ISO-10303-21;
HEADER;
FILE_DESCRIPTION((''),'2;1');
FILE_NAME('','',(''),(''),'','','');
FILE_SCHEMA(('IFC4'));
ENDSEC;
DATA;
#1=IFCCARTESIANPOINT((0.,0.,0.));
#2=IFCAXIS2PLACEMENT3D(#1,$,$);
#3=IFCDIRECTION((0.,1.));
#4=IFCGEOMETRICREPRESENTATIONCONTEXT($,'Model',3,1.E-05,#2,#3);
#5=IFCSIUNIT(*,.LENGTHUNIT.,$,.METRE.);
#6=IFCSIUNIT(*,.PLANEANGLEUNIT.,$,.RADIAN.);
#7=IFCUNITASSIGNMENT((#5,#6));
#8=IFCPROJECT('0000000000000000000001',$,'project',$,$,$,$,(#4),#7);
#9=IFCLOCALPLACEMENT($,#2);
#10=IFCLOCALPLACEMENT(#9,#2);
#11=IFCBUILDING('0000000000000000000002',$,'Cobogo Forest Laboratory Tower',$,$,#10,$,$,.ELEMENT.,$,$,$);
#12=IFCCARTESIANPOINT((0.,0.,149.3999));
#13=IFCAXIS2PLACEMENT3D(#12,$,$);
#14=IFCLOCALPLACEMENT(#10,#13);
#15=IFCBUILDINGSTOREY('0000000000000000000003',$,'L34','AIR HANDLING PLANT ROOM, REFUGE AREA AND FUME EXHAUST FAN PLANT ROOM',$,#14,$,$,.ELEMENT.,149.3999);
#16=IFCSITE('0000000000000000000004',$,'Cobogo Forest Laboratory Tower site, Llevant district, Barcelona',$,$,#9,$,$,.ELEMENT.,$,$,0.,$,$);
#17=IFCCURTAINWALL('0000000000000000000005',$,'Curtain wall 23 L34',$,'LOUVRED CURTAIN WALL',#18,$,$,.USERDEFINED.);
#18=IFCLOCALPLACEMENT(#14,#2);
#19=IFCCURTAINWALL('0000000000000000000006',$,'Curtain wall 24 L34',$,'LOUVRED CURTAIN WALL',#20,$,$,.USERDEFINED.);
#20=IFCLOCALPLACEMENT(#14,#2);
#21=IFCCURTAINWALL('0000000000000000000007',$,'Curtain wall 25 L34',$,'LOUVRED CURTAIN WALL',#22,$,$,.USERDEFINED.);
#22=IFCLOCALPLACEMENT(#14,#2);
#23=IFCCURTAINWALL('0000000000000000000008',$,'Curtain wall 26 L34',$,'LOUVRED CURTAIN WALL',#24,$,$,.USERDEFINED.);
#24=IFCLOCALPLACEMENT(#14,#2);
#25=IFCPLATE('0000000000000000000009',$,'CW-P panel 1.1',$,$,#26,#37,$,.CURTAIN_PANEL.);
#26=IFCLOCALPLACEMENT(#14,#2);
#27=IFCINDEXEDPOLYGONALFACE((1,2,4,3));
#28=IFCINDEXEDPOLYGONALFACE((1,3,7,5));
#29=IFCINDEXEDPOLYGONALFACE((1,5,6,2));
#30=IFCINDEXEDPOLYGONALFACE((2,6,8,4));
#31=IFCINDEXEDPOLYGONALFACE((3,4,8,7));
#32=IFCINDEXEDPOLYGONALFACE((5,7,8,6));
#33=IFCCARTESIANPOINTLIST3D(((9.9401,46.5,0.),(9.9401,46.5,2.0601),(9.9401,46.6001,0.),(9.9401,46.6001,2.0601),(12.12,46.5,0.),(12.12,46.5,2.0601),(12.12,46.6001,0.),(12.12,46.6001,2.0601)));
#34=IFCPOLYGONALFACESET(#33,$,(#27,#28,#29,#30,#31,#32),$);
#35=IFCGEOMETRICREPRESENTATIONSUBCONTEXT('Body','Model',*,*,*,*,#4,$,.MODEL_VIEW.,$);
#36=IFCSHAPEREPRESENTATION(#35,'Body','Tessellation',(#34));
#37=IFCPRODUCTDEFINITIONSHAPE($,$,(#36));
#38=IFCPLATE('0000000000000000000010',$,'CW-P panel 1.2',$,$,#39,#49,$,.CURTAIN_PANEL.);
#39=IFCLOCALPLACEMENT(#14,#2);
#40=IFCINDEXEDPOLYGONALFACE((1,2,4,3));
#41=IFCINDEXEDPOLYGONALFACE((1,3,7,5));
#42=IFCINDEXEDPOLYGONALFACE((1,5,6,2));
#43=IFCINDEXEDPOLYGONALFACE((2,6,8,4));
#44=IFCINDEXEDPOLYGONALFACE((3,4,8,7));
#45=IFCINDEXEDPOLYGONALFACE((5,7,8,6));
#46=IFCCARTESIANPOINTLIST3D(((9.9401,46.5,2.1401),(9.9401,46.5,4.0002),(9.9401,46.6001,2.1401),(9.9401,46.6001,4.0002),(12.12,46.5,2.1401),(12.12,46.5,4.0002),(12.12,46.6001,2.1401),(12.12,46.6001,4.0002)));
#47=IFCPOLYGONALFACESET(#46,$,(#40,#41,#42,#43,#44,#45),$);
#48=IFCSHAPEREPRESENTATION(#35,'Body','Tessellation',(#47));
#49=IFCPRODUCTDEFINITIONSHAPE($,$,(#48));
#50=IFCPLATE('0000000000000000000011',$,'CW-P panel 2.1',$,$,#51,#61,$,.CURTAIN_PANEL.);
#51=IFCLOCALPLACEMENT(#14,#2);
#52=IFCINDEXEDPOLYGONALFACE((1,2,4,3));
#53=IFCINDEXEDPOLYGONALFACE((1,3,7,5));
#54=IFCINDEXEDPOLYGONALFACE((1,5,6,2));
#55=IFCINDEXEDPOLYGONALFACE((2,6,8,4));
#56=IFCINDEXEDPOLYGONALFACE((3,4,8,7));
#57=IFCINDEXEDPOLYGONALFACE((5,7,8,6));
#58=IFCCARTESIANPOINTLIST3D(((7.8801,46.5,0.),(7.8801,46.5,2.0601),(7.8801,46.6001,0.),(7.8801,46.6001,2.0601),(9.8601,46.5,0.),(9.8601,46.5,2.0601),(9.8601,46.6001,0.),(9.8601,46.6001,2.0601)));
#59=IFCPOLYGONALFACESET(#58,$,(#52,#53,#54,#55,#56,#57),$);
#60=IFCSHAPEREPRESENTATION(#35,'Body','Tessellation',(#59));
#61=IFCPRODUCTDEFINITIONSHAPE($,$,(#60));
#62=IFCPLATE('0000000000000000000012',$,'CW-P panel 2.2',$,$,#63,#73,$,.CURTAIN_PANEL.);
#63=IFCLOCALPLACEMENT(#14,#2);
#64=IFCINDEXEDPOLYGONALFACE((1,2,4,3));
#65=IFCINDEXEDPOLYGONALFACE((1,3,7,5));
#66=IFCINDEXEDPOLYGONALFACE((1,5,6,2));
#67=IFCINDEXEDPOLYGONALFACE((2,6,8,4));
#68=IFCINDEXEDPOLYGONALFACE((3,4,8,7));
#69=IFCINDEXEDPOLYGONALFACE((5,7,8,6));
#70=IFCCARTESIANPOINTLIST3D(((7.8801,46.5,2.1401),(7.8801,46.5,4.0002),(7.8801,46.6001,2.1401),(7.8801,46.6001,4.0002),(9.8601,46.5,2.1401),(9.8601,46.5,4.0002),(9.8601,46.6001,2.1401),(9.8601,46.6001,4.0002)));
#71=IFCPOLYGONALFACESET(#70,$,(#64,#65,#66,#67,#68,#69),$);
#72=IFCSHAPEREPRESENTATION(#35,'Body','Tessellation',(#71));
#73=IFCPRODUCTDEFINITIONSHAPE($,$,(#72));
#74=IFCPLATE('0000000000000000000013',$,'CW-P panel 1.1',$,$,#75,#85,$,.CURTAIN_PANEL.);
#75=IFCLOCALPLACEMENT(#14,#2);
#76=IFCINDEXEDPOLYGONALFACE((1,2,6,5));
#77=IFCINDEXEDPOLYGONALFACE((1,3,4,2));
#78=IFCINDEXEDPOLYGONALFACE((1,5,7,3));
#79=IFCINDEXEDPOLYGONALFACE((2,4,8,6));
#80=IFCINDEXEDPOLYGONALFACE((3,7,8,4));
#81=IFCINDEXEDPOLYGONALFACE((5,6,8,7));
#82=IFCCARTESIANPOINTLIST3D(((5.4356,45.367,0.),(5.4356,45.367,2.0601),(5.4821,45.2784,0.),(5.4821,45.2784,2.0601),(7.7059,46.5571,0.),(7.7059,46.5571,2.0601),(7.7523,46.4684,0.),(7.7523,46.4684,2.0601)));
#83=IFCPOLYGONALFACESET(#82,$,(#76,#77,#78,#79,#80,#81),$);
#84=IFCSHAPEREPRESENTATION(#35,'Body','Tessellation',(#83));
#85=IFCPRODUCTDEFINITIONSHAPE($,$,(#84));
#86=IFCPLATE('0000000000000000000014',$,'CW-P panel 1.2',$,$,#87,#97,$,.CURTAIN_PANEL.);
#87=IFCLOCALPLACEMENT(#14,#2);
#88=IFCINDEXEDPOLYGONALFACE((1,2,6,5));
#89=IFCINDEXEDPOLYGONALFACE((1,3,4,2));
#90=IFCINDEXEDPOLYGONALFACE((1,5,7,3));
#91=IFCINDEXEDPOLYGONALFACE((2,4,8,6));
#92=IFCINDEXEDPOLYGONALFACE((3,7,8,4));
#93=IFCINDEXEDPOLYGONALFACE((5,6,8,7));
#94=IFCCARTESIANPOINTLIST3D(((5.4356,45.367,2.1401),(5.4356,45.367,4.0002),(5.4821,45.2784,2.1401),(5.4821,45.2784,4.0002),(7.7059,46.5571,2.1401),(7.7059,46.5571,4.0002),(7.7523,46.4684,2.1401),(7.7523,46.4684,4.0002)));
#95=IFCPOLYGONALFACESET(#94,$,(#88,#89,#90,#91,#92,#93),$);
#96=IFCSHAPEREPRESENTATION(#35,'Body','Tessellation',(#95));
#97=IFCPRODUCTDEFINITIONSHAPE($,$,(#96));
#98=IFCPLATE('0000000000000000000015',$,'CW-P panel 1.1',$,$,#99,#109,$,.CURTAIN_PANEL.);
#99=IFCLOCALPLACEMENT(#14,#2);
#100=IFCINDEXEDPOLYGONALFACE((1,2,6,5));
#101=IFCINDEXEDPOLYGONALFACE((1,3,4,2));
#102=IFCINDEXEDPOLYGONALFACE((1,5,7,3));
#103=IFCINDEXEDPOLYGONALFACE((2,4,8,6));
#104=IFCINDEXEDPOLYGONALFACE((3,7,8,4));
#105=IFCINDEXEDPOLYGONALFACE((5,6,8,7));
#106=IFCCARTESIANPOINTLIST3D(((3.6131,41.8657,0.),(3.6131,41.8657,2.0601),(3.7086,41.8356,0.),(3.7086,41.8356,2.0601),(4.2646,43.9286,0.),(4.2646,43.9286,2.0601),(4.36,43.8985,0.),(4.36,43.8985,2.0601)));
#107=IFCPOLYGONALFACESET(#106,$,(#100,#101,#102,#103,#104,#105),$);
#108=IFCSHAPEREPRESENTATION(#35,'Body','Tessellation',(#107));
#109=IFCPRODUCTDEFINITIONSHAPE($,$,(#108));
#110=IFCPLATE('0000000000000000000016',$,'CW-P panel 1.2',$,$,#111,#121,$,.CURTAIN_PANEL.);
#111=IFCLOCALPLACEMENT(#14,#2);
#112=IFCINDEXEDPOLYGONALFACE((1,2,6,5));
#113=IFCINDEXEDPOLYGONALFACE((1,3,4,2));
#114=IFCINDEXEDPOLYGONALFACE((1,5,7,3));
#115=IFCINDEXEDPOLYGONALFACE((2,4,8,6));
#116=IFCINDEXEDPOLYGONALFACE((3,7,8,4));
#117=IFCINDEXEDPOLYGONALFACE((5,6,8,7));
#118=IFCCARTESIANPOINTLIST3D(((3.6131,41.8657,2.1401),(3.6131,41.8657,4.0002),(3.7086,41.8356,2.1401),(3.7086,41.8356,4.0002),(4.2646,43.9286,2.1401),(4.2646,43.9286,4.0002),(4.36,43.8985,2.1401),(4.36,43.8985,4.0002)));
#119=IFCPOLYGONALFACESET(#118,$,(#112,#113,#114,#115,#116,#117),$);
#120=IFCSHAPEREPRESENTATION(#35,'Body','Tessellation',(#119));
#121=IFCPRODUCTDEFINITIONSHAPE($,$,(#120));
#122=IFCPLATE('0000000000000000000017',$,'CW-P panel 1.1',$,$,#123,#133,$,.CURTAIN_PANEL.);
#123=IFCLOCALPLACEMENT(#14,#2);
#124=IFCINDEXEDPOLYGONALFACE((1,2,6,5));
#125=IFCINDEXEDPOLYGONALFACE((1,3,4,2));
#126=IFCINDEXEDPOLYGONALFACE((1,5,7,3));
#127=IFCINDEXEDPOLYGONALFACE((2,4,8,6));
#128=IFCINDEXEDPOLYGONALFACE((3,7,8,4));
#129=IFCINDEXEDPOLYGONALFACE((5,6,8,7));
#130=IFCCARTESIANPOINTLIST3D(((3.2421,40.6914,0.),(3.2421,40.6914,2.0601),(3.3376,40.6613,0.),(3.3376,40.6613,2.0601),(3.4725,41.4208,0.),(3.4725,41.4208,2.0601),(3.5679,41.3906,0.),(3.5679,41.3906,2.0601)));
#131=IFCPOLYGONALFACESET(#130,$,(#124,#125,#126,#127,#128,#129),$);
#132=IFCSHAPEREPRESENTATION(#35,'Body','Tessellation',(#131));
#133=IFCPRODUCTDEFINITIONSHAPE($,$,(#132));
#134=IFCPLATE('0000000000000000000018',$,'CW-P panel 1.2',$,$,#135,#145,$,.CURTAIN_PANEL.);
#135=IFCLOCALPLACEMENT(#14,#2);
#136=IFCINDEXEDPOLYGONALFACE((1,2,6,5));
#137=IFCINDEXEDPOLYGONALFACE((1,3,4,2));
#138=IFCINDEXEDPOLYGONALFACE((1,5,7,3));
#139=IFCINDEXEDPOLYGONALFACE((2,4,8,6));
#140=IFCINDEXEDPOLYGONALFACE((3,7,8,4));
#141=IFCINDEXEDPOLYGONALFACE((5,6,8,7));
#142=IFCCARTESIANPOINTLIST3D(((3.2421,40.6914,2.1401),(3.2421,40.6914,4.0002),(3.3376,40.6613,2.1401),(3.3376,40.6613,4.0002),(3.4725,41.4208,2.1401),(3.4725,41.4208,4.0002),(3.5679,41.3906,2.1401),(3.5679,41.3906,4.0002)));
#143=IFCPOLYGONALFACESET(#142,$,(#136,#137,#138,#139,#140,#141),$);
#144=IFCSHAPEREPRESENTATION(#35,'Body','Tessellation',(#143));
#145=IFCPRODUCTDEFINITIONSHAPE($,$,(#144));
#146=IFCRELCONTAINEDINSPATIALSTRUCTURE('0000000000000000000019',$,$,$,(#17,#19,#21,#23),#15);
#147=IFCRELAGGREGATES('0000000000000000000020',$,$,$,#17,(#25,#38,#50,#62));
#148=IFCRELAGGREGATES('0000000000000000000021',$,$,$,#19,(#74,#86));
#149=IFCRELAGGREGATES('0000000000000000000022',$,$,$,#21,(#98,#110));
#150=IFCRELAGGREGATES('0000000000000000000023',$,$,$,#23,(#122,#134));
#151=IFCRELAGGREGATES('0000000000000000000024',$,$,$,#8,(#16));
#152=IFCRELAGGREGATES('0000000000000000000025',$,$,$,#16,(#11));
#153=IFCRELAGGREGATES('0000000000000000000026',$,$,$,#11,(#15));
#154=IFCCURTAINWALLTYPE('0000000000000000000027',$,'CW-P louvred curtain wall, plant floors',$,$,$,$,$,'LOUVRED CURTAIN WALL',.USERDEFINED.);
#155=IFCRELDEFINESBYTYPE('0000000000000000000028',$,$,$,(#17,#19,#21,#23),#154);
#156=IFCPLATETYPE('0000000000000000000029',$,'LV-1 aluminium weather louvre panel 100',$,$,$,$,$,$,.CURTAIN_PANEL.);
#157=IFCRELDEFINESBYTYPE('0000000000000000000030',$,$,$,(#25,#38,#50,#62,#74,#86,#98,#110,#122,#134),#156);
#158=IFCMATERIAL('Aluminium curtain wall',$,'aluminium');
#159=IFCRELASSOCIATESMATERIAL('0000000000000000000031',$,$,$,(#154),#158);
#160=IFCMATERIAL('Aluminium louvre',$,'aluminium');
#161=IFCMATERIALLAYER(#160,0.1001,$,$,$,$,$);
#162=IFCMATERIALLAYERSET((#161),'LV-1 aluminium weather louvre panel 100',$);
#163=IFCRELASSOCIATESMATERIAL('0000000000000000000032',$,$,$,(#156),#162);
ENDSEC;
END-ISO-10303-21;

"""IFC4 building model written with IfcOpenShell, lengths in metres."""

from ifc_helpers import new_model, si_unit, direction, frame, origin, origin_2d, place, context, subcontext, project, spatial, rectangle, extrude, material, layer, layer_set, type_object, element, aggregate, save


model = new_model("IFC4")

# Units and contexts
model_context = context("Model", 3, precision=1e-05, world=origin(), true_north=direction((0.0, 1.0)))
body_context = subcontext(model_context, "Body", "Model", "MODEL_VIEW")
ifc_project = project(units=[si_unit("LENGTHUNIT", "METRE"), si_unit("PLANEANGLEUNIT", "RADIAN")], contexts=[model_context])

# Site, building, storey
site_placement = place(None, origin())
site = spatial("IfcSite", under=ifc_project, at=site_placement, Name="Cobogo Forest Laboratory Tower site, Llevant district, Barcelona", CompositionType="ELEMENT", RefElevation=0.0)
building_placement = place(site_placement, origin())
building = spatial("IfcBuilding", under=site, at=building_placement, Name="Cobogo Forest Laboratory Tower", CompositionType="ELEMENT")
storey_placement = place(building_placement, frame((0.0, 0.0, 149.3999)))
storey = spatial("IfcBuildingStorey", under=building, at=storey_placement, Name="L34", Description="AIR HANDLING PLANT ROOM, REFUGE AREA AND FUME EXHAUST FAN PLANT ROOM", CompositionType="ELEMENT", Elevation=149.3999)

# Curtain walls
ifc_material_1 = material(Name="Aluminium curtain wall", Category="aluminium")
curtain_wall_type = type_object("IfcCurtainWallType", Name="CW-P louvred curtain wall, plant floors", ElementType="LOUVRED CURTAIN WALL", PredefinedType="USERDEFINED", material=ifc_material_1)
curtain_wall_1_placement = place(storey_placement, origin())
curtain_wall_1 = element("IfcCurtainWall", 1, at=curtain_wall_1_placement, inside=storey, type_object=curtain_wall_type, Name="Curtain wall 23 L34", ObjectType="LOUVRED CURTAIN WALL", PredefinedType="USERDEFINED")
curtain_wall_2_placement = place(storey_placement, origin())
curtain_wall_2 = element("IfcCurtainWall", 2, at=curtain_wall_2_placement, inside=storey, type_object=curtain_wall_type, Name="Curtain wall 24 L34", ObjectType="LOUVRED CURTAIN WALL", PredefinedType="USERDEFINED")
curtain_wall_3_placement = place(storey_placement, origin())
curtain_wall_3 = element("IfcCurtainWall", 3, at=curtain_wall_3_placement, inside=storey, type_object=curtain_wall_type, Name="Curtain wall 25 L34", ObjectType="LOUVRED CURTAIN WALL", PredefinedType="USERDEFINED")
curtain_wall_4_placement = place(storey_placement, origin())
curtain_wall_4 = element("IfcCurtainWall", 4, at=curtain_wall_4_placement, inside=storey, type_object=curtain_wall_type, Name="Curtain wall 26 L34", ObjectType="LOUVRED CURTAIN WALL", PredefinedType="USERDEFINED")

# Plates
ifc_material_2 = material(Name="Aluminium louvre", Category="aluminium")
ifc_layer = layer(ifc_material_2, 0.1001)
ifc_layer_set = layer_set([ifc_layer], Name="LV-1 aluminium weather louvre panel 100")
plate_type = type_object("IfcPlateType", Name="LV-1 aluminium weather louvre panel 100", PredefinedType="CURTAIN_PANEL", material=ifc_layer_set)
plate_1_placement = place(storey_placement, frame((11.03, 46.55, 0.0), z_axis=(0.0, 0.0, 1.0), x_axis=(-1.0, 0.0, 0.0)))
plate_1 = element("IfcPlate", 5, at=plate_1_placement, type_object=plate_type, Name="CW-P panel 1.1", PredefinedType="CURTAIN_PANEL", context=body_context, shape_type="SweptSolid", body=[
    extrude(rectangle(XDim=2.1799, YDim=0.1001, at=origin_2d()), origin(), (0.0, 0.0, 1.0), 2.0601),
])
plate_2_placement = place(storey_placement, frame((11.03, 46.55, 2.1401), z_axis=(0.0, 0.0, 1.0), x_axis=(-1.0, 0.0, 0.0)))
plate_2 = element("IfcPlate", 6, at=plate_2_placement, type_object=plate_type, Name="CW-P panel 1.2", PredefinedType="CURTAIN_PANEL", context=body_context, shape_type="SweptSolid", body=[
    extrude(rectangle(XDim=2.1799, YDim=0.1001, at=origin_2d()), origin(), (0.0, 0.0, 1.0), 1.8601),
])
plate_3_placement = place(storey_placement, frame((8.8701, 46.55, 0.0), z_axis=(0.0, 0.0, 1.0), x_axis=(-1.0, 0.0, 0.0)))
plate_3 = element("IfcPlate", 7, at=plate_3_placement, type_object=plate_type, Name="CW-P panel 2.1", PredefinedType="CURTAIN_PANEL", context=body_context, shape_type="SweptSolid", body=[
    extrude(rectangle(XDim=1.98, YDim=0.1001, at=origin_2d()), origin(), (0.0, 0.0, 1.0), 2.0601),
])
plate_4_placement = place(storey_placement, frame((8.8701, 46.55, 2.1401), z_axis=(0.0, 0.0, 1.0), x_axis=(-1.0, 0.0, 0.0)))
plate_4 = element("IfcPlate", 8, at=plate_4_placement, type_object=plate_type, Name="CW-P panel 2.2", PredefinedType="CURTAIN_PANEL", context=body_context, shape_type="SweptSolid", body=[
    extrude(rectangle(XDim=1.98, YDim=0.1001, at=origin_2d()), origin(), (0.0, 0.0, 1.0), 1.8601),
])
aggregate(curtain_wall_1, [plate_1, plate_2, plate_3, plate_4])
plate_5_placement = place(storey_placement, frame((6.594, 45.9177, 0.0), z_axis=(0.0, 0.0, 1.0), x_axis=(-0.885687, -0.464284, 0.0)))
plate_5 = element("IfcPlate", 9, at=plate_5_placement, type_object=plate_type, Name="CW-P panel 1.1", PredefinedType="CURTAIN_PANEL", context=body_context, shape_type="SweptSolid", body=[
    extrude(rectangle(XDim=2.5632, YDim=0.1001, at=origin_2d()), origin(), (0.0, 0.0, 1.0), 2.0601),
])
plate_6_placement = place(storey_placement, frame((6.594, 45.9177, 2.1401), z_axis=(0.0, 0.0, 1.0), x_axis=(-0.885687, -0.464284, 0.0)))
plate_6 = element("IfcPlate", 10, at=plate_6_placement, type_object=plate_type, Name="CW-P panel 1.2", PredefinedType="CURTAIN_PANEL", context=body_context, shape_type="SweptSolid", body=[
    extrude(rectangle(XDim=2.5632, YDim=0.1001, at=origin_2d()), origin(), (0.0, 0.0, 1.0), 1.8601),
])
aggregate(curtain_wall_2, [plate_5, plate_6])
plate_7_placement = place(storey_placement, frame((3.9866, 42.8821, 0.0), z_axis=(0.0, 0.0, 1.0), x_axis=(-0.301135, -0.953581, 0.0)))
plate_7 = element("IfcPlate", 11, at=plate_7_placement, type_object=plate_type, Name="CW-P panel 1.1", PredefinedType="CURTAIN_PANEL", context=body_context, shape_type="SweptSolid", body=[
    extrude(rectangle(XDim=2.1633, YDim=0.1001, at=origin_2d()), origin(), (0.0, 0.0, 1.0), 2.0601),
])
plate_8_placement = place(storey_placement, frame((3.9866, 42.8821, 2.1401), z_axis=(0.0, 0.0, 1.0), x_axis=(-0.301135, -0.953581, 0.0)))
plate_8 = element("IfcPlate", 12, at=plate_8_placement, type_object=plate_type, Name="CW-P panel 1.2", PredefinedType="CURTAIN_PANEL", context=body_context, shape_type="SweptSolid", body=[
    extrude(rectangle(XDim=2.1633, YDim=0.1001, at=origin_2d()), origin(), (0.0, 0.0, 1.0), 1.8601),
])
aggregate(curtain_wall_3, [plate_7, plate_8])
plate_9_placement = place(storey_placement, frame((3.405, 41.041, 0.0), z_axis=(0.0, 0.0, 1.0), x_axis=(-0.301135, -0.953581, 0.0)))
plate_9 = element("IfcPlate", 13, at=plate_9_placement, type_object=plate_type, Name="CW-P panel 1.1", PredefinedType="CURTAIN_PANEL", context=body_context, shape_type="SweptSolid", body=[
    extrude(rectangle(XDim=0.7649, YDim=0.1001, at=origin_2d()), origin(), (0.0, 0.0, 1.0), 2.0601),
])
plate_10_placement = place(storey_placement, frame((3.405, 41.041, 2.1401), z_axis=(0.0, 0.0, 1.0), x_axis=(-0.301135, -0.953581, 0.0)))
plate_10 = element("IfcPlate", 14, at=plate_10_placement, type_object=plate_type, Name="CW-P panel 1.2", PredefinedType="CURTAIN_PANEL", context=body_context, shape_type="SweptSolid", body=[
    extrude(rectangle(XDim=0.7649, YDim=0.1001, at=origin_2d()), origin(), (0.0, 0.0, 1.0), 1.8601),
])
aggregate(curtain_wall_4, [plate_9, plate_10])

save(model, "model.ifc")
